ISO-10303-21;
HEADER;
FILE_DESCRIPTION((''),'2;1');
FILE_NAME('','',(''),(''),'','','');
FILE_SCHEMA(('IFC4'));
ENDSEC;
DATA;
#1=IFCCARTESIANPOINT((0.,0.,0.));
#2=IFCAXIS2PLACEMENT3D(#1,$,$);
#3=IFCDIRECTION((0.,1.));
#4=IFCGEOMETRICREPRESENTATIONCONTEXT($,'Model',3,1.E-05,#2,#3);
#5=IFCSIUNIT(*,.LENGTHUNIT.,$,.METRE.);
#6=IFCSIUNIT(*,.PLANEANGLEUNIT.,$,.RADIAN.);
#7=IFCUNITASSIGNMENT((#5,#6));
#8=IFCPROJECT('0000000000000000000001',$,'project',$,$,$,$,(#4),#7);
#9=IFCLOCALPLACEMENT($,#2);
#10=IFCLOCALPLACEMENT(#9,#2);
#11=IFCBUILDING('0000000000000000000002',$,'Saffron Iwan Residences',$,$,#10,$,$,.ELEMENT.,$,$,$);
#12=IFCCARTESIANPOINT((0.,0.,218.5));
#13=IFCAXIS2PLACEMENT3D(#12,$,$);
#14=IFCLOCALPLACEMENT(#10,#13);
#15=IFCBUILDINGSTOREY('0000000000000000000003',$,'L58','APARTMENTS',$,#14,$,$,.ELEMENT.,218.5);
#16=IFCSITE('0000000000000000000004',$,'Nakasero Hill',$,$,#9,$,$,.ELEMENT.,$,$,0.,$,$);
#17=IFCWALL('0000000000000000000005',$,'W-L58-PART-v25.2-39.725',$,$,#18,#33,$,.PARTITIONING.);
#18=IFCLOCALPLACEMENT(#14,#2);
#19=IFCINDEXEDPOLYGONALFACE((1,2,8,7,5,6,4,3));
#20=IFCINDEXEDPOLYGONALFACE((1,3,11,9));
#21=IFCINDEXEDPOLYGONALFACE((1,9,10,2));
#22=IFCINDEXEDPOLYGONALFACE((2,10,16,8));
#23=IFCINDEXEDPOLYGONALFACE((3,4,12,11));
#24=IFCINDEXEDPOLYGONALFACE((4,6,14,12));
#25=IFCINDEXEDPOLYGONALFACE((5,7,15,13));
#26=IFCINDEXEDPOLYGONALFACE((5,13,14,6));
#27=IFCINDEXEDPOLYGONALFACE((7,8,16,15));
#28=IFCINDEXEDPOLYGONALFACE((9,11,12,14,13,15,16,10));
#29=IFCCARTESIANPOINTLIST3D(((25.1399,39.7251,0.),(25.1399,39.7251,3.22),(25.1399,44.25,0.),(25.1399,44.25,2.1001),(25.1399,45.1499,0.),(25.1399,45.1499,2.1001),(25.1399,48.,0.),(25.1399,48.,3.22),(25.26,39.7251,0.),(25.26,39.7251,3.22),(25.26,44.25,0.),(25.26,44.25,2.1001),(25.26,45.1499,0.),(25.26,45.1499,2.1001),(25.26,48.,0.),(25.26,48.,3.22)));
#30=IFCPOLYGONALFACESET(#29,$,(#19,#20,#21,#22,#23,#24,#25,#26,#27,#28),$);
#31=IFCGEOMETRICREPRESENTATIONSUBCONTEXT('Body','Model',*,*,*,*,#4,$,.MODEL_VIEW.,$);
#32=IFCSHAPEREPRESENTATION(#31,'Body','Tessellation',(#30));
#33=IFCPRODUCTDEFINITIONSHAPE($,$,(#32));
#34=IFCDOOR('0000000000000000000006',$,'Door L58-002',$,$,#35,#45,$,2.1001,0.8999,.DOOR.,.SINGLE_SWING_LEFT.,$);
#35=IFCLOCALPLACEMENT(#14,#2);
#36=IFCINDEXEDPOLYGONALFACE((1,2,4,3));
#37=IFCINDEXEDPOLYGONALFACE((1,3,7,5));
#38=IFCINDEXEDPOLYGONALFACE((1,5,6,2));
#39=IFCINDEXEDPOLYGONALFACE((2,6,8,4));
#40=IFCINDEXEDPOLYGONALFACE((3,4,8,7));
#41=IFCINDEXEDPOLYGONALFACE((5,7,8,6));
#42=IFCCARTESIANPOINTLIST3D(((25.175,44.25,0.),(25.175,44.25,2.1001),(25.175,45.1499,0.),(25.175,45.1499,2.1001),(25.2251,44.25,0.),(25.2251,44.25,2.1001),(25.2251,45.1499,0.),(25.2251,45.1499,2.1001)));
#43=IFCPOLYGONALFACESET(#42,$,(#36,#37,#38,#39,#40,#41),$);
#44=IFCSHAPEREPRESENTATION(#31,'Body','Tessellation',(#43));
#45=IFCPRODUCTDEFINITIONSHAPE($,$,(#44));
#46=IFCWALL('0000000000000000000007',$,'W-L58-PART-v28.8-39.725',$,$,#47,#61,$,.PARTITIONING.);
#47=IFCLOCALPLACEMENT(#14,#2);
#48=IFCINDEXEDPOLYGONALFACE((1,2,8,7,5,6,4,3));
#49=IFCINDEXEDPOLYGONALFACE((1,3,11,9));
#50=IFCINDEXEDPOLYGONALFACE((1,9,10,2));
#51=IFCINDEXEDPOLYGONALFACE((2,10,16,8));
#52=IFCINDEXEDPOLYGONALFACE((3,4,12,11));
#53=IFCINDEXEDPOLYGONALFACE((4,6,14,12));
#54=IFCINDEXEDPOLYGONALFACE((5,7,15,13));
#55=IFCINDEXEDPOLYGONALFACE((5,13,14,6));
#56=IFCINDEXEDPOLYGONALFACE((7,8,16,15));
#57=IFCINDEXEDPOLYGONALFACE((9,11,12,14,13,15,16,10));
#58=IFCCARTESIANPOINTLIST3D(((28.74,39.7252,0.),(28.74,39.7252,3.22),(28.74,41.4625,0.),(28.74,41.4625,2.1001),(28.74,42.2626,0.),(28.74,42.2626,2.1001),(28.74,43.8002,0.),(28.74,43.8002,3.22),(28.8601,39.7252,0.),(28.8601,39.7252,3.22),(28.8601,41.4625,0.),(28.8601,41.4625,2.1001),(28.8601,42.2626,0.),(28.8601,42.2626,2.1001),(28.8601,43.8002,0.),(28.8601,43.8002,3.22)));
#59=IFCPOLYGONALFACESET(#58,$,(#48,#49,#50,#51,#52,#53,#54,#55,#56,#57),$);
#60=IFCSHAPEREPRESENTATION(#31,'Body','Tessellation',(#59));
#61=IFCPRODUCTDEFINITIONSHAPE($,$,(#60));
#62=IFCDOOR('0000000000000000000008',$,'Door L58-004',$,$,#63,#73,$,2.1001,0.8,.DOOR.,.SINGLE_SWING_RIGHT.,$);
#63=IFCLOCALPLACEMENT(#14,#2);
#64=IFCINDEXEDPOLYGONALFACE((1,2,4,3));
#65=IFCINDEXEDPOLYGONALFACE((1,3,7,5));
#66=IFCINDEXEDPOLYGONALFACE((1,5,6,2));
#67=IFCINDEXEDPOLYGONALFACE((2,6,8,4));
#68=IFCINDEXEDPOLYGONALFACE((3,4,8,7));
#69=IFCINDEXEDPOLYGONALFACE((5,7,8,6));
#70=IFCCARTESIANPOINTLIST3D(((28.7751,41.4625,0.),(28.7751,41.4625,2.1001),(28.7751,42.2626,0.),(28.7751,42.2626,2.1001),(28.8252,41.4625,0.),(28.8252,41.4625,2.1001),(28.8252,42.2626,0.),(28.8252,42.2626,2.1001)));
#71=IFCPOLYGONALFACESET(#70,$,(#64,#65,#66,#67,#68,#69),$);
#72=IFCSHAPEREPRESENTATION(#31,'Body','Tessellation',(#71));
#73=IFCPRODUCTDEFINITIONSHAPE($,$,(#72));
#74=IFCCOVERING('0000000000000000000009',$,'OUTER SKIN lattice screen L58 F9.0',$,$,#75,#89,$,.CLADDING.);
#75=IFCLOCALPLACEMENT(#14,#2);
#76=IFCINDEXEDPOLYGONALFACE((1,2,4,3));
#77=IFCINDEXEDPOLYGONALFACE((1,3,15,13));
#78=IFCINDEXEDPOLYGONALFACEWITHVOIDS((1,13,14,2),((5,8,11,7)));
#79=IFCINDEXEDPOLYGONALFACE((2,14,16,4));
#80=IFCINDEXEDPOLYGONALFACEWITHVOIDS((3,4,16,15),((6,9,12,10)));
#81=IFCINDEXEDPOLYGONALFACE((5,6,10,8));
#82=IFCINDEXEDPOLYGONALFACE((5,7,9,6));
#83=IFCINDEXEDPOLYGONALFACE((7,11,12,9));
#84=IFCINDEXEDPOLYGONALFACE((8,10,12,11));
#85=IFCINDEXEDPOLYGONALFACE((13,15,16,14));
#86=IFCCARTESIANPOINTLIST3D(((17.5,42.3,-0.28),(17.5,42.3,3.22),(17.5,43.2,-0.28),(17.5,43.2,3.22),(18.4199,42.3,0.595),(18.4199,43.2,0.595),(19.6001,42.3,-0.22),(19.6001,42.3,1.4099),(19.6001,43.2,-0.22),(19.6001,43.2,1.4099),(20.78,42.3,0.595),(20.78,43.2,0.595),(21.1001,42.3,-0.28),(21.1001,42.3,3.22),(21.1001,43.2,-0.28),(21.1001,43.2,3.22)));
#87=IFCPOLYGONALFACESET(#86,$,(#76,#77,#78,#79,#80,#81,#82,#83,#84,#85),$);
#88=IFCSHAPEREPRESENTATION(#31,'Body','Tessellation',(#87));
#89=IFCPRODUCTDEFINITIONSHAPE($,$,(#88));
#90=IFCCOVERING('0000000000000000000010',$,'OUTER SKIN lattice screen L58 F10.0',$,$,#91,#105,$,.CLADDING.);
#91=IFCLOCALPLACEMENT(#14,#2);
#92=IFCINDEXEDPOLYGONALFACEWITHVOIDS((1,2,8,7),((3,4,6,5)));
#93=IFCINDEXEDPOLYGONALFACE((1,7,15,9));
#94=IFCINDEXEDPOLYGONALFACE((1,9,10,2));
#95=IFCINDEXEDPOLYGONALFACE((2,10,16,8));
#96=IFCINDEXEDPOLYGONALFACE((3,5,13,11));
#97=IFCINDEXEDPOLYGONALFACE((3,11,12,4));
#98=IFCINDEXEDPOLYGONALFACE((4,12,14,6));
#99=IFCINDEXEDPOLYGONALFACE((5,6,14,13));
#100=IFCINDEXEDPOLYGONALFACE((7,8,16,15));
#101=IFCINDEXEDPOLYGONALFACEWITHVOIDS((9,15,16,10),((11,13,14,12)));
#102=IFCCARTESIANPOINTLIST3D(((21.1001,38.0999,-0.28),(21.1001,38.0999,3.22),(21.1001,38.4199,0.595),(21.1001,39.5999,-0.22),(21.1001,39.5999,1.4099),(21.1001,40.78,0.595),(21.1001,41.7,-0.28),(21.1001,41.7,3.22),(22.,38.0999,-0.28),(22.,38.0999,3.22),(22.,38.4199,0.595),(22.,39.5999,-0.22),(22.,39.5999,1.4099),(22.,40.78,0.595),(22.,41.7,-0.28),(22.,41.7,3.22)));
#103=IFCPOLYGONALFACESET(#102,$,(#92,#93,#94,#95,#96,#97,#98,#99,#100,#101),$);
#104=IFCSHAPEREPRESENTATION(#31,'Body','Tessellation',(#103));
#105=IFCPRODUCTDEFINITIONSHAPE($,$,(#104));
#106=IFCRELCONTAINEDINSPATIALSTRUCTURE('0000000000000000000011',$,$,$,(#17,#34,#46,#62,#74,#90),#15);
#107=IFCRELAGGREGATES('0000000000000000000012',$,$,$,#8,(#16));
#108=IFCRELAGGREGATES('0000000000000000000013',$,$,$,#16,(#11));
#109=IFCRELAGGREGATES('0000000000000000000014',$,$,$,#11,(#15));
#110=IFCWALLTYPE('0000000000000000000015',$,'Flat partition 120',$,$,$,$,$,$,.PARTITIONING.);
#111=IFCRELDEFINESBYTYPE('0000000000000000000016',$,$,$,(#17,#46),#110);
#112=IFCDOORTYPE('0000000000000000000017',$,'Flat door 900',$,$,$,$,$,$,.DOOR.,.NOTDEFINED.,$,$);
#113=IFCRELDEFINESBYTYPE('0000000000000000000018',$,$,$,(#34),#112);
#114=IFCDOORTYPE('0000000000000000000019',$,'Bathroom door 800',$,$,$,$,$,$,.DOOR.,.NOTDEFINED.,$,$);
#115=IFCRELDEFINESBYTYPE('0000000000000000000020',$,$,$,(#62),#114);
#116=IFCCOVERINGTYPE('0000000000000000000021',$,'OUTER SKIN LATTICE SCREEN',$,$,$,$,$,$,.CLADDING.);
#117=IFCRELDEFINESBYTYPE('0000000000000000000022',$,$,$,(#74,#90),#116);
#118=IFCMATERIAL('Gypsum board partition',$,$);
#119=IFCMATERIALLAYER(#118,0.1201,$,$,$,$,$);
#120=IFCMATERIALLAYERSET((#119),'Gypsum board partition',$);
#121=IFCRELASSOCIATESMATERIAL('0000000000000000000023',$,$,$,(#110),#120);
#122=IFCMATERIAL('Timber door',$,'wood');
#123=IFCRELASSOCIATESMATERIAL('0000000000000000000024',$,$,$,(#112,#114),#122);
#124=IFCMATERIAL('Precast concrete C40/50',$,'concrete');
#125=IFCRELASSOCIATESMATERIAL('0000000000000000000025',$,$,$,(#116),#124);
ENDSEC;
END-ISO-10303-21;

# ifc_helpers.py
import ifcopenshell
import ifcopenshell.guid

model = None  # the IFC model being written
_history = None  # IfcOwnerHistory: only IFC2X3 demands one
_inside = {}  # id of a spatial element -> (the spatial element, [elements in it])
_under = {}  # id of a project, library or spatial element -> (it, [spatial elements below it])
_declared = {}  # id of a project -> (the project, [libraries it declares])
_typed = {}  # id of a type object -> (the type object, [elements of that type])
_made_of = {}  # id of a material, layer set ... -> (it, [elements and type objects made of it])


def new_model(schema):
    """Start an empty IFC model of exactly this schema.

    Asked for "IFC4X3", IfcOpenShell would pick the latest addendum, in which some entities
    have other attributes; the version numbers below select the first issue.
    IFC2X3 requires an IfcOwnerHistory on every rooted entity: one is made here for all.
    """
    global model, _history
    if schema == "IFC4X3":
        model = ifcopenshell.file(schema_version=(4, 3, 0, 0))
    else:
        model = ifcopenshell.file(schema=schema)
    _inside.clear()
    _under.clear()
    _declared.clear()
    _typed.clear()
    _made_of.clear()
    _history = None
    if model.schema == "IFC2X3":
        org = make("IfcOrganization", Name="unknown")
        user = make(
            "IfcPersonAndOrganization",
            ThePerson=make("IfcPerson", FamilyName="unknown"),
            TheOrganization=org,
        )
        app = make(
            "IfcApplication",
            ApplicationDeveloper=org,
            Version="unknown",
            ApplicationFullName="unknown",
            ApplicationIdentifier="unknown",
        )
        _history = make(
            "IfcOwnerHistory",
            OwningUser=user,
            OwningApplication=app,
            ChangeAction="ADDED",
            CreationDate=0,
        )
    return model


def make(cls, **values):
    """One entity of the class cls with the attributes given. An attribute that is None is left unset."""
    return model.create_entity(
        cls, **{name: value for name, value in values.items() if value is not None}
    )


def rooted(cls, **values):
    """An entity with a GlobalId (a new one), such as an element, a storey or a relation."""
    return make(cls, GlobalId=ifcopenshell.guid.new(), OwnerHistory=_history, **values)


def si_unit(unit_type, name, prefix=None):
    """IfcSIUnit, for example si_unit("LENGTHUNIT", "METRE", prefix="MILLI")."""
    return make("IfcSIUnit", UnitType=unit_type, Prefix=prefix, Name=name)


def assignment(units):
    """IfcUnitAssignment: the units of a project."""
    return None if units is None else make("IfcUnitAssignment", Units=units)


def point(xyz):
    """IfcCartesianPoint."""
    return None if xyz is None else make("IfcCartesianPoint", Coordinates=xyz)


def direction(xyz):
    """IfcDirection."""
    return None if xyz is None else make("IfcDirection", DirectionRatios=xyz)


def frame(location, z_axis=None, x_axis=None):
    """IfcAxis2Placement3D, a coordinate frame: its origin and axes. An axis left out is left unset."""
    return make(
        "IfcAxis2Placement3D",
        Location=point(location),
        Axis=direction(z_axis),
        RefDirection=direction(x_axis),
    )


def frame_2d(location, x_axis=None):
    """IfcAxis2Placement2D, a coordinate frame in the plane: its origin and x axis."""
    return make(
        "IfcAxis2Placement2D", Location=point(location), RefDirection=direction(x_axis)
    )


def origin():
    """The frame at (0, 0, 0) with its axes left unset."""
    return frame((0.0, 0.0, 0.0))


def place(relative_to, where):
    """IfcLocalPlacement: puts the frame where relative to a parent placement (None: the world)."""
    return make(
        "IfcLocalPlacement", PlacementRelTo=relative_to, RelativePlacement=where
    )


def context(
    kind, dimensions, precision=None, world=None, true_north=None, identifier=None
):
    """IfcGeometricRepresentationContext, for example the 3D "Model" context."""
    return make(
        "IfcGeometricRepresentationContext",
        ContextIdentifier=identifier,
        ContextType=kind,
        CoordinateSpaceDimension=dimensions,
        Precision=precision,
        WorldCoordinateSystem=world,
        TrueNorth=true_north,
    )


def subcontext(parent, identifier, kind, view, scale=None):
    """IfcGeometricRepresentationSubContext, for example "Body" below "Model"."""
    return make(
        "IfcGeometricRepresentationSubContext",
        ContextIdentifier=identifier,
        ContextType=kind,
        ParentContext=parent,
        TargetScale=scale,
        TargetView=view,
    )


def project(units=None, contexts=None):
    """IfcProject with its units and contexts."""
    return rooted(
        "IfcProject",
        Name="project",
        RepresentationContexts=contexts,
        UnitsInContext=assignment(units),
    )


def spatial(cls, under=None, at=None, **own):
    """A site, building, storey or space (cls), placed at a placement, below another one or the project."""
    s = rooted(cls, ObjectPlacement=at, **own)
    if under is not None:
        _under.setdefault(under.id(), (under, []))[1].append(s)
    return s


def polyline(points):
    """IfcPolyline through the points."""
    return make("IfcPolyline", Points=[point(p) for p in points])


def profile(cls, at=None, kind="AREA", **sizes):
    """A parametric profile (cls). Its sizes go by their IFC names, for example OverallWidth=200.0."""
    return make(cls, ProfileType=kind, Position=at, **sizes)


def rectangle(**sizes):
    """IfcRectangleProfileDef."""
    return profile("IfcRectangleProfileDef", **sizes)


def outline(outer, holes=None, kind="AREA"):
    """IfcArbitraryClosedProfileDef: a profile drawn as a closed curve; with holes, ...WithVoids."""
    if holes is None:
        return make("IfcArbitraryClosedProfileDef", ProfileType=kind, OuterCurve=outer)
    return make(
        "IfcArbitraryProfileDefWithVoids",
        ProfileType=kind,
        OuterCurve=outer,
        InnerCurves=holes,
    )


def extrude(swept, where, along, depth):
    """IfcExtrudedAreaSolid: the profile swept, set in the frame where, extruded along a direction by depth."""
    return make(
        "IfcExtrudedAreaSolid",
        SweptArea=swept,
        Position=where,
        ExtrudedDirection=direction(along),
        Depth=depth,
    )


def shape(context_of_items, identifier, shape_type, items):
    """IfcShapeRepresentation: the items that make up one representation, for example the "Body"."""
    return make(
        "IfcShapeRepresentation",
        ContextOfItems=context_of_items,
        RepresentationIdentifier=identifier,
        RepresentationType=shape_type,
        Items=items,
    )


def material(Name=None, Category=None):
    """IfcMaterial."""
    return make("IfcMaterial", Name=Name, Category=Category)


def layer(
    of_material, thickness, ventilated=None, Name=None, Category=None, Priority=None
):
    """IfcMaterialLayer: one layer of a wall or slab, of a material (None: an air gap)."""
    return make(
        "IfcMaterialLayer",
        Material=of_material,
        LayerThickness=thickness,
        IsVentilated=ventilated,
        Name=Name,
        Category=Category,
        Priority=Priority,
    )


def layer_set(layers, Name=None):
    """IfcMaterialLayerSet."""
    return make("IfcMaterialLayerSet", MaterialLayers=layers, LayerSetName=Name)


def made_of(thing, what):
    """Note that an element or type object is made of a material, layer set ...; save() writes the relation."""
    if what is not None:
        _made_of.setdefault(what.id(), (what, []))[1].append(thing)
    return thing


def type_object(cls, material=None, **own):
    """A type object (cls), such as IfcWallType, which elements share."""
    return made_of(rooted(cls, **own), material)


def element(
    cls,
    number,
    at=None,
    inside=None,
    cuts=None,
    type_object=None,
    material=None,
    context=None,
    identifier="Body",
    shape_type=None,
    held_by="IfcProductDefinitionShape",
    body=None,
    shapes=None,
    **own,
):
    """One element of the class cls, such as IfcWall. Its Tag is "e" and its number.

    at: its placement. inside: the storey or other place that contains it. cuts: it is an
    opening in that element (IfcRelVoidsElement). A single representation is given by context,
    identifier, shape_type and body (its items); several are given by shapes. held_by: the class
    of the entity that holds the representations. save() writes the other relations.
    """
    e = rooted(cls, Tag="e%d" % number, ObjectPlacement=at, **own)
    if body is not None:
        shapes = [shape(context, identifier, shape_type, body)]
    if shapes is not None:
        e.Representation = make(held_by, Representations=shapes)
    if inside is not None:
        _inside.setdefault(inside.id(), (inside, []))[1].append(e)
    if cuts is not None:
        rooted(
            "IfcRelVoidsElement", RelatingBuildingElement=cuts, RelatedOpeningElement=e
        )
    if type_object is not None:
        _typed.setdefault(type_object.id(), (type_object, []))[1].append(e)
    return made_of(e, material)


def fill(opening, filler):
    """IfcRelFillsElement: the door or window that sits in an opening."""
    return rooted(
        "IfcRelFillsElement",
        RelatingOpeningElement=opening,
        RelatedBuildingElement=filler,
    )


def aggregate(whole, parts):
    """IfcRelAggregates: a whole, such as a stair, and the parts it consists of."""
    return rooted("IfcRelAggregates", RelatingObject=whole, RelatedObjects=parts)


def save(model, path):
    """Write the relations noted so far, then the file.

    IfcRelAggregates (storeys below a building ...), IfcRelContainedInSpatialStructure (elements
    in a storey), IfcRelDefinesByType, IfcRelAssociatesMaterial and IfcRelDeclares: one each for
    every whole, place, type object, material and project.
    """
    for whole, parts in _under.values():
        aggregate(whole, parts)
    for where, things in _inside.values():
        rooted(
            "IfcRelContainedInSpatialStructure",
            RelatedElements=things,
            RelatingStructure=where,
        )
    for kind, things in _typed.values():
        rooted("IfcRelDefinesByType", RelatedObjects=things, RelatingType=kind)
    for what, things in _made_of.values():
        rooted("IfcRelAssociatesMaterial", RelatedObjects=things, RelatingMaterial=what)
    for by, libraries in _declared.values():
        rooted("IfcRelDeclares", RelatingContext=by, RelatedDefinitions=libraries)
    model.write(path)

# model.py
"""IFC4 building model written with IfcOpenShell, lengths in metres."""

from ifc_helpers import new_model, si_unit, direction, frame, frame_2d, origin, place, context, subcontext, project, spatial, polyline, rectangle, outline, extrude, material, layer, layer_set, type_object, element, fill, save


model = new_model("IFC4")

# Units and contexts
model_context = context("Model", 3, precision=1e-05, world=origin(), true_north=direction((0.0, 1.0)))
body_context = subcontext(model_context, "Body", "Model", "MODEL_VIEW")
ifc_project = project(units=[si_unit("LENGTHUNIT", "METRE"), si_unit("PLANEANGLEUNIT", "RADIAN")], contexts=[model_context])

# Site, building, storey
site_placement = place(None, origin())
site = spatial("IfcSite", under=ifc_project, at=site_placement, Name="Nakasero Hill", CompositionType="ELEMENT", RefElevation=0.0)
building_placement = place(site_placement, origin())
building = spatial("IfcBuilding", under=site, at=building_placement, Name="Saffron Iwan Residences", CompositionType="ELEMENT")
storey_placement = place(building_placement, frame((0.0, 0.0, 218.5)))
storey = spatial("IfcBuildingStorey", under=building, at=storey_placement, Name="L58", Description="APARTMENTS", CompositionType="ELEMENT", Elevation=218.5)

# Shared definitions
ifc_material_1 = material(Name="Gypsum board partition")
ifc_layer_1 = layer(ifc_material_1, 0.1201)
ifc_layer_set_1 = layer_set([ifc_layer_1], Name="Gypsum board partition")
wall_type_1 = type_object("IfcWallType", Name="Flat partition 120", PredefinedType="PARTITIONING", material=ifc_layer_set_1)

# Walls, openings, doors
ifc_material_2 = material(Name="Timber door", Category="wood")
door_type_1 = type_object("IfcDoorType", Name="Flat door 900", OperationType="NOTDEFINED", PredefinedType="DOOR", material=ifc_material_2)
wall_1_placement = place(storey_placement, frame((25.2, 39.7251, 0.0), z_axis=(0.0, 0.0, 1.0), x_axis=(0.0, 1.0, 0.0)))
wall_1 = element("IfcWall", 1, at=wall_1_placement, inside=storey, type_object=wall_type_1, Name="W-L58-PART-v25.2-39.725", PredefinedType="PARTITIONING", context=body_context, shape_type="SweptSolid", body=[
    extrude(rectangle(XDim=8.2749, YDim=0.1201, at=frame_2d((4.1375, 0.0))), origin(), (0.0, 0.0, 1.0), 3.22),
])
opening_1_placement = place(wall_1_placement, frame((4.5249, 0.0, 0.0)))
opening_1 = element("IfcOpeningElement", 2, at=opening_1_placement, cuts=wall_1, PredefinedType="OPENING", context=body_context, shape_type="SweptSolid", body=[
    extrude(rectangle(XDim=0.8999, YDim=2.1001, at=frame_2d((0.45, 1.05))), frame((0.0, 0.0701, 0.0), z_axis=(0.0, -1.0, 0.0), x_axis=(1.0, 0.0, 0.0)), (0.0, 0.0, 1.0), 0.1401),
])
door_1_placement = place(opening_1_placement, origin())
door_1 = element("IfcDoor", 3, at=door_1_placement, inside=storey, type_object=door_type_1, Name="Door L58-002", OperationType="SINGLE_SWING_LEFT", OverallHeight=2.1001, OverallWidth=0.8999, PredefinedType="DOOR", context=body_context, shape_type="SweptSolid", body=[
    extrude(rectangle(XDim=0.8999, YDim=2.1001, at=frame_2d((0.45, 1.05))), frame((0.0, 0.0249, 0.0), z_axis=(0.0, -1.0, 0.0), x_axis=(1.0, 0.0, 0.0)), (0.0, 0.0, 1.0), 0.05),
])
fill(opening_1, door_1)
wall_2_placement = place(storey_placement, frame((28.8, 39.7251, 0.0), z_axis=(0.0, 0.0, 1.0), x_axis=(0.0, 1.0, 0.0)))
wall_2 = element("IfcWall", 4, at=wall_2_placement, inside=storey, type_object=wall_type_1, Name="W-L58-PART-v28.8-39.725", PredefinedType="PARTITIONING", context=body_context, shape_type="SweptSolid", body=[
    extrude(rectangle(XDim=4.075, YDim=0.1201, at=frame_2d((2.0376, 0.0))), origin(), (0.0, 0.0, 1.0), 3.22),
])
opening_2_placement = place(wall_2_placement, frame((1.7375, 0.0, 0.0)))
opening_2 = element("IfcOpeningElement", 5, at=opening_2_placement, cuts=wall_2, PredefinedType="OPENING", context=body_context, shape_type="SweptSolid", body=[
    extrude(rectangle(XDim=0.8, YDim=2.1001, at=frame_2d((0.3999, 1.05))), frame((0.0, 0.0701, 0.0), z_axis=(0.0, -1.0, 0.0), x_axis=(1.0, 0.0, 0.0)), (0.0, 0.0, 1.0), 0.1401),
])
door_type_2 = type_object("IfcDoorType", Name="Bathroom door 800", OperationType="NOTDEFINED", PredefinedType="DOOR", material=ifc_material_2)
door_2_placement = place(opening_2_placement, origin())
door_2 = element("IfcDoor", 6, at=door_2_placement, inside=storey, type_object=door_type_2, Name="Door L58-004", OperationType="SINGLE_SWING_RIGHT", OverallHeight=2.1001, OverallWidth=0.8, PredefinedType="DOOR", context=body_context, shape_type="SweptSolid", body=[
    extrude(rectangle(XDim=0.8, YDim=2.1001, at=frame_2d((0.3999, 1.05))), frame((0.0, 0.0249, 0.0), z_axis=(0.0, -1.0, 0.0), x_axis=(1.0, 0.0, 0.0)), (0.0, 0.0, 1.0), 0.05),
])
fill(opening_2, door_2)

# Coverings
ifc_material_3 = material(Name="Precast concrete C40/50", Category="concrete")
covering_type = type_object("IfcCoveringType", Name="OUTER SKIN LATTICE SCREEN", PredefinedType="CLADDING", material=ifc_material_3)
for number, where, z_axis, x_axis, name in (
    (7, (17.5, 43.2, -0.28), (0.0, -1.0, 0.0), (1.0, 0.0, 0.0), "OUTER SKIN lattice screen L58 F9.0"),
    (8, (22.0, 41.7, -0.28), (-1.0, 0.0, 0.0), (0.0, -1.0, 0.0), "OUTER SKIN lattice screen L58 F10.0"),
):
    element("IfcCovering", number, at=place(storey_placement, frame(where, z_axis=z_axis, x_axis=x_axis)), inside=storey, type_object=covering_type, Name=name, PredefinedType="CLADDING", context=body_context, shape_type="SweptSolid", body=[
        extrude(outline(polyline([(0.0, 0.0), (3.6001, 0.0), (3.6001, 3.5), (0.0, 3.5), (0.0, 0.0)]), holes=[polyline([(0.9199, 0.875), (2.1001, 0.0601), (3.28, 0.875), (2.1001, 1.6899), (0.9199, 0.875)])]), origin(), (0.0, 0.0, 1.0), 0.8999),
    ])

save(model, "model.ifc")
